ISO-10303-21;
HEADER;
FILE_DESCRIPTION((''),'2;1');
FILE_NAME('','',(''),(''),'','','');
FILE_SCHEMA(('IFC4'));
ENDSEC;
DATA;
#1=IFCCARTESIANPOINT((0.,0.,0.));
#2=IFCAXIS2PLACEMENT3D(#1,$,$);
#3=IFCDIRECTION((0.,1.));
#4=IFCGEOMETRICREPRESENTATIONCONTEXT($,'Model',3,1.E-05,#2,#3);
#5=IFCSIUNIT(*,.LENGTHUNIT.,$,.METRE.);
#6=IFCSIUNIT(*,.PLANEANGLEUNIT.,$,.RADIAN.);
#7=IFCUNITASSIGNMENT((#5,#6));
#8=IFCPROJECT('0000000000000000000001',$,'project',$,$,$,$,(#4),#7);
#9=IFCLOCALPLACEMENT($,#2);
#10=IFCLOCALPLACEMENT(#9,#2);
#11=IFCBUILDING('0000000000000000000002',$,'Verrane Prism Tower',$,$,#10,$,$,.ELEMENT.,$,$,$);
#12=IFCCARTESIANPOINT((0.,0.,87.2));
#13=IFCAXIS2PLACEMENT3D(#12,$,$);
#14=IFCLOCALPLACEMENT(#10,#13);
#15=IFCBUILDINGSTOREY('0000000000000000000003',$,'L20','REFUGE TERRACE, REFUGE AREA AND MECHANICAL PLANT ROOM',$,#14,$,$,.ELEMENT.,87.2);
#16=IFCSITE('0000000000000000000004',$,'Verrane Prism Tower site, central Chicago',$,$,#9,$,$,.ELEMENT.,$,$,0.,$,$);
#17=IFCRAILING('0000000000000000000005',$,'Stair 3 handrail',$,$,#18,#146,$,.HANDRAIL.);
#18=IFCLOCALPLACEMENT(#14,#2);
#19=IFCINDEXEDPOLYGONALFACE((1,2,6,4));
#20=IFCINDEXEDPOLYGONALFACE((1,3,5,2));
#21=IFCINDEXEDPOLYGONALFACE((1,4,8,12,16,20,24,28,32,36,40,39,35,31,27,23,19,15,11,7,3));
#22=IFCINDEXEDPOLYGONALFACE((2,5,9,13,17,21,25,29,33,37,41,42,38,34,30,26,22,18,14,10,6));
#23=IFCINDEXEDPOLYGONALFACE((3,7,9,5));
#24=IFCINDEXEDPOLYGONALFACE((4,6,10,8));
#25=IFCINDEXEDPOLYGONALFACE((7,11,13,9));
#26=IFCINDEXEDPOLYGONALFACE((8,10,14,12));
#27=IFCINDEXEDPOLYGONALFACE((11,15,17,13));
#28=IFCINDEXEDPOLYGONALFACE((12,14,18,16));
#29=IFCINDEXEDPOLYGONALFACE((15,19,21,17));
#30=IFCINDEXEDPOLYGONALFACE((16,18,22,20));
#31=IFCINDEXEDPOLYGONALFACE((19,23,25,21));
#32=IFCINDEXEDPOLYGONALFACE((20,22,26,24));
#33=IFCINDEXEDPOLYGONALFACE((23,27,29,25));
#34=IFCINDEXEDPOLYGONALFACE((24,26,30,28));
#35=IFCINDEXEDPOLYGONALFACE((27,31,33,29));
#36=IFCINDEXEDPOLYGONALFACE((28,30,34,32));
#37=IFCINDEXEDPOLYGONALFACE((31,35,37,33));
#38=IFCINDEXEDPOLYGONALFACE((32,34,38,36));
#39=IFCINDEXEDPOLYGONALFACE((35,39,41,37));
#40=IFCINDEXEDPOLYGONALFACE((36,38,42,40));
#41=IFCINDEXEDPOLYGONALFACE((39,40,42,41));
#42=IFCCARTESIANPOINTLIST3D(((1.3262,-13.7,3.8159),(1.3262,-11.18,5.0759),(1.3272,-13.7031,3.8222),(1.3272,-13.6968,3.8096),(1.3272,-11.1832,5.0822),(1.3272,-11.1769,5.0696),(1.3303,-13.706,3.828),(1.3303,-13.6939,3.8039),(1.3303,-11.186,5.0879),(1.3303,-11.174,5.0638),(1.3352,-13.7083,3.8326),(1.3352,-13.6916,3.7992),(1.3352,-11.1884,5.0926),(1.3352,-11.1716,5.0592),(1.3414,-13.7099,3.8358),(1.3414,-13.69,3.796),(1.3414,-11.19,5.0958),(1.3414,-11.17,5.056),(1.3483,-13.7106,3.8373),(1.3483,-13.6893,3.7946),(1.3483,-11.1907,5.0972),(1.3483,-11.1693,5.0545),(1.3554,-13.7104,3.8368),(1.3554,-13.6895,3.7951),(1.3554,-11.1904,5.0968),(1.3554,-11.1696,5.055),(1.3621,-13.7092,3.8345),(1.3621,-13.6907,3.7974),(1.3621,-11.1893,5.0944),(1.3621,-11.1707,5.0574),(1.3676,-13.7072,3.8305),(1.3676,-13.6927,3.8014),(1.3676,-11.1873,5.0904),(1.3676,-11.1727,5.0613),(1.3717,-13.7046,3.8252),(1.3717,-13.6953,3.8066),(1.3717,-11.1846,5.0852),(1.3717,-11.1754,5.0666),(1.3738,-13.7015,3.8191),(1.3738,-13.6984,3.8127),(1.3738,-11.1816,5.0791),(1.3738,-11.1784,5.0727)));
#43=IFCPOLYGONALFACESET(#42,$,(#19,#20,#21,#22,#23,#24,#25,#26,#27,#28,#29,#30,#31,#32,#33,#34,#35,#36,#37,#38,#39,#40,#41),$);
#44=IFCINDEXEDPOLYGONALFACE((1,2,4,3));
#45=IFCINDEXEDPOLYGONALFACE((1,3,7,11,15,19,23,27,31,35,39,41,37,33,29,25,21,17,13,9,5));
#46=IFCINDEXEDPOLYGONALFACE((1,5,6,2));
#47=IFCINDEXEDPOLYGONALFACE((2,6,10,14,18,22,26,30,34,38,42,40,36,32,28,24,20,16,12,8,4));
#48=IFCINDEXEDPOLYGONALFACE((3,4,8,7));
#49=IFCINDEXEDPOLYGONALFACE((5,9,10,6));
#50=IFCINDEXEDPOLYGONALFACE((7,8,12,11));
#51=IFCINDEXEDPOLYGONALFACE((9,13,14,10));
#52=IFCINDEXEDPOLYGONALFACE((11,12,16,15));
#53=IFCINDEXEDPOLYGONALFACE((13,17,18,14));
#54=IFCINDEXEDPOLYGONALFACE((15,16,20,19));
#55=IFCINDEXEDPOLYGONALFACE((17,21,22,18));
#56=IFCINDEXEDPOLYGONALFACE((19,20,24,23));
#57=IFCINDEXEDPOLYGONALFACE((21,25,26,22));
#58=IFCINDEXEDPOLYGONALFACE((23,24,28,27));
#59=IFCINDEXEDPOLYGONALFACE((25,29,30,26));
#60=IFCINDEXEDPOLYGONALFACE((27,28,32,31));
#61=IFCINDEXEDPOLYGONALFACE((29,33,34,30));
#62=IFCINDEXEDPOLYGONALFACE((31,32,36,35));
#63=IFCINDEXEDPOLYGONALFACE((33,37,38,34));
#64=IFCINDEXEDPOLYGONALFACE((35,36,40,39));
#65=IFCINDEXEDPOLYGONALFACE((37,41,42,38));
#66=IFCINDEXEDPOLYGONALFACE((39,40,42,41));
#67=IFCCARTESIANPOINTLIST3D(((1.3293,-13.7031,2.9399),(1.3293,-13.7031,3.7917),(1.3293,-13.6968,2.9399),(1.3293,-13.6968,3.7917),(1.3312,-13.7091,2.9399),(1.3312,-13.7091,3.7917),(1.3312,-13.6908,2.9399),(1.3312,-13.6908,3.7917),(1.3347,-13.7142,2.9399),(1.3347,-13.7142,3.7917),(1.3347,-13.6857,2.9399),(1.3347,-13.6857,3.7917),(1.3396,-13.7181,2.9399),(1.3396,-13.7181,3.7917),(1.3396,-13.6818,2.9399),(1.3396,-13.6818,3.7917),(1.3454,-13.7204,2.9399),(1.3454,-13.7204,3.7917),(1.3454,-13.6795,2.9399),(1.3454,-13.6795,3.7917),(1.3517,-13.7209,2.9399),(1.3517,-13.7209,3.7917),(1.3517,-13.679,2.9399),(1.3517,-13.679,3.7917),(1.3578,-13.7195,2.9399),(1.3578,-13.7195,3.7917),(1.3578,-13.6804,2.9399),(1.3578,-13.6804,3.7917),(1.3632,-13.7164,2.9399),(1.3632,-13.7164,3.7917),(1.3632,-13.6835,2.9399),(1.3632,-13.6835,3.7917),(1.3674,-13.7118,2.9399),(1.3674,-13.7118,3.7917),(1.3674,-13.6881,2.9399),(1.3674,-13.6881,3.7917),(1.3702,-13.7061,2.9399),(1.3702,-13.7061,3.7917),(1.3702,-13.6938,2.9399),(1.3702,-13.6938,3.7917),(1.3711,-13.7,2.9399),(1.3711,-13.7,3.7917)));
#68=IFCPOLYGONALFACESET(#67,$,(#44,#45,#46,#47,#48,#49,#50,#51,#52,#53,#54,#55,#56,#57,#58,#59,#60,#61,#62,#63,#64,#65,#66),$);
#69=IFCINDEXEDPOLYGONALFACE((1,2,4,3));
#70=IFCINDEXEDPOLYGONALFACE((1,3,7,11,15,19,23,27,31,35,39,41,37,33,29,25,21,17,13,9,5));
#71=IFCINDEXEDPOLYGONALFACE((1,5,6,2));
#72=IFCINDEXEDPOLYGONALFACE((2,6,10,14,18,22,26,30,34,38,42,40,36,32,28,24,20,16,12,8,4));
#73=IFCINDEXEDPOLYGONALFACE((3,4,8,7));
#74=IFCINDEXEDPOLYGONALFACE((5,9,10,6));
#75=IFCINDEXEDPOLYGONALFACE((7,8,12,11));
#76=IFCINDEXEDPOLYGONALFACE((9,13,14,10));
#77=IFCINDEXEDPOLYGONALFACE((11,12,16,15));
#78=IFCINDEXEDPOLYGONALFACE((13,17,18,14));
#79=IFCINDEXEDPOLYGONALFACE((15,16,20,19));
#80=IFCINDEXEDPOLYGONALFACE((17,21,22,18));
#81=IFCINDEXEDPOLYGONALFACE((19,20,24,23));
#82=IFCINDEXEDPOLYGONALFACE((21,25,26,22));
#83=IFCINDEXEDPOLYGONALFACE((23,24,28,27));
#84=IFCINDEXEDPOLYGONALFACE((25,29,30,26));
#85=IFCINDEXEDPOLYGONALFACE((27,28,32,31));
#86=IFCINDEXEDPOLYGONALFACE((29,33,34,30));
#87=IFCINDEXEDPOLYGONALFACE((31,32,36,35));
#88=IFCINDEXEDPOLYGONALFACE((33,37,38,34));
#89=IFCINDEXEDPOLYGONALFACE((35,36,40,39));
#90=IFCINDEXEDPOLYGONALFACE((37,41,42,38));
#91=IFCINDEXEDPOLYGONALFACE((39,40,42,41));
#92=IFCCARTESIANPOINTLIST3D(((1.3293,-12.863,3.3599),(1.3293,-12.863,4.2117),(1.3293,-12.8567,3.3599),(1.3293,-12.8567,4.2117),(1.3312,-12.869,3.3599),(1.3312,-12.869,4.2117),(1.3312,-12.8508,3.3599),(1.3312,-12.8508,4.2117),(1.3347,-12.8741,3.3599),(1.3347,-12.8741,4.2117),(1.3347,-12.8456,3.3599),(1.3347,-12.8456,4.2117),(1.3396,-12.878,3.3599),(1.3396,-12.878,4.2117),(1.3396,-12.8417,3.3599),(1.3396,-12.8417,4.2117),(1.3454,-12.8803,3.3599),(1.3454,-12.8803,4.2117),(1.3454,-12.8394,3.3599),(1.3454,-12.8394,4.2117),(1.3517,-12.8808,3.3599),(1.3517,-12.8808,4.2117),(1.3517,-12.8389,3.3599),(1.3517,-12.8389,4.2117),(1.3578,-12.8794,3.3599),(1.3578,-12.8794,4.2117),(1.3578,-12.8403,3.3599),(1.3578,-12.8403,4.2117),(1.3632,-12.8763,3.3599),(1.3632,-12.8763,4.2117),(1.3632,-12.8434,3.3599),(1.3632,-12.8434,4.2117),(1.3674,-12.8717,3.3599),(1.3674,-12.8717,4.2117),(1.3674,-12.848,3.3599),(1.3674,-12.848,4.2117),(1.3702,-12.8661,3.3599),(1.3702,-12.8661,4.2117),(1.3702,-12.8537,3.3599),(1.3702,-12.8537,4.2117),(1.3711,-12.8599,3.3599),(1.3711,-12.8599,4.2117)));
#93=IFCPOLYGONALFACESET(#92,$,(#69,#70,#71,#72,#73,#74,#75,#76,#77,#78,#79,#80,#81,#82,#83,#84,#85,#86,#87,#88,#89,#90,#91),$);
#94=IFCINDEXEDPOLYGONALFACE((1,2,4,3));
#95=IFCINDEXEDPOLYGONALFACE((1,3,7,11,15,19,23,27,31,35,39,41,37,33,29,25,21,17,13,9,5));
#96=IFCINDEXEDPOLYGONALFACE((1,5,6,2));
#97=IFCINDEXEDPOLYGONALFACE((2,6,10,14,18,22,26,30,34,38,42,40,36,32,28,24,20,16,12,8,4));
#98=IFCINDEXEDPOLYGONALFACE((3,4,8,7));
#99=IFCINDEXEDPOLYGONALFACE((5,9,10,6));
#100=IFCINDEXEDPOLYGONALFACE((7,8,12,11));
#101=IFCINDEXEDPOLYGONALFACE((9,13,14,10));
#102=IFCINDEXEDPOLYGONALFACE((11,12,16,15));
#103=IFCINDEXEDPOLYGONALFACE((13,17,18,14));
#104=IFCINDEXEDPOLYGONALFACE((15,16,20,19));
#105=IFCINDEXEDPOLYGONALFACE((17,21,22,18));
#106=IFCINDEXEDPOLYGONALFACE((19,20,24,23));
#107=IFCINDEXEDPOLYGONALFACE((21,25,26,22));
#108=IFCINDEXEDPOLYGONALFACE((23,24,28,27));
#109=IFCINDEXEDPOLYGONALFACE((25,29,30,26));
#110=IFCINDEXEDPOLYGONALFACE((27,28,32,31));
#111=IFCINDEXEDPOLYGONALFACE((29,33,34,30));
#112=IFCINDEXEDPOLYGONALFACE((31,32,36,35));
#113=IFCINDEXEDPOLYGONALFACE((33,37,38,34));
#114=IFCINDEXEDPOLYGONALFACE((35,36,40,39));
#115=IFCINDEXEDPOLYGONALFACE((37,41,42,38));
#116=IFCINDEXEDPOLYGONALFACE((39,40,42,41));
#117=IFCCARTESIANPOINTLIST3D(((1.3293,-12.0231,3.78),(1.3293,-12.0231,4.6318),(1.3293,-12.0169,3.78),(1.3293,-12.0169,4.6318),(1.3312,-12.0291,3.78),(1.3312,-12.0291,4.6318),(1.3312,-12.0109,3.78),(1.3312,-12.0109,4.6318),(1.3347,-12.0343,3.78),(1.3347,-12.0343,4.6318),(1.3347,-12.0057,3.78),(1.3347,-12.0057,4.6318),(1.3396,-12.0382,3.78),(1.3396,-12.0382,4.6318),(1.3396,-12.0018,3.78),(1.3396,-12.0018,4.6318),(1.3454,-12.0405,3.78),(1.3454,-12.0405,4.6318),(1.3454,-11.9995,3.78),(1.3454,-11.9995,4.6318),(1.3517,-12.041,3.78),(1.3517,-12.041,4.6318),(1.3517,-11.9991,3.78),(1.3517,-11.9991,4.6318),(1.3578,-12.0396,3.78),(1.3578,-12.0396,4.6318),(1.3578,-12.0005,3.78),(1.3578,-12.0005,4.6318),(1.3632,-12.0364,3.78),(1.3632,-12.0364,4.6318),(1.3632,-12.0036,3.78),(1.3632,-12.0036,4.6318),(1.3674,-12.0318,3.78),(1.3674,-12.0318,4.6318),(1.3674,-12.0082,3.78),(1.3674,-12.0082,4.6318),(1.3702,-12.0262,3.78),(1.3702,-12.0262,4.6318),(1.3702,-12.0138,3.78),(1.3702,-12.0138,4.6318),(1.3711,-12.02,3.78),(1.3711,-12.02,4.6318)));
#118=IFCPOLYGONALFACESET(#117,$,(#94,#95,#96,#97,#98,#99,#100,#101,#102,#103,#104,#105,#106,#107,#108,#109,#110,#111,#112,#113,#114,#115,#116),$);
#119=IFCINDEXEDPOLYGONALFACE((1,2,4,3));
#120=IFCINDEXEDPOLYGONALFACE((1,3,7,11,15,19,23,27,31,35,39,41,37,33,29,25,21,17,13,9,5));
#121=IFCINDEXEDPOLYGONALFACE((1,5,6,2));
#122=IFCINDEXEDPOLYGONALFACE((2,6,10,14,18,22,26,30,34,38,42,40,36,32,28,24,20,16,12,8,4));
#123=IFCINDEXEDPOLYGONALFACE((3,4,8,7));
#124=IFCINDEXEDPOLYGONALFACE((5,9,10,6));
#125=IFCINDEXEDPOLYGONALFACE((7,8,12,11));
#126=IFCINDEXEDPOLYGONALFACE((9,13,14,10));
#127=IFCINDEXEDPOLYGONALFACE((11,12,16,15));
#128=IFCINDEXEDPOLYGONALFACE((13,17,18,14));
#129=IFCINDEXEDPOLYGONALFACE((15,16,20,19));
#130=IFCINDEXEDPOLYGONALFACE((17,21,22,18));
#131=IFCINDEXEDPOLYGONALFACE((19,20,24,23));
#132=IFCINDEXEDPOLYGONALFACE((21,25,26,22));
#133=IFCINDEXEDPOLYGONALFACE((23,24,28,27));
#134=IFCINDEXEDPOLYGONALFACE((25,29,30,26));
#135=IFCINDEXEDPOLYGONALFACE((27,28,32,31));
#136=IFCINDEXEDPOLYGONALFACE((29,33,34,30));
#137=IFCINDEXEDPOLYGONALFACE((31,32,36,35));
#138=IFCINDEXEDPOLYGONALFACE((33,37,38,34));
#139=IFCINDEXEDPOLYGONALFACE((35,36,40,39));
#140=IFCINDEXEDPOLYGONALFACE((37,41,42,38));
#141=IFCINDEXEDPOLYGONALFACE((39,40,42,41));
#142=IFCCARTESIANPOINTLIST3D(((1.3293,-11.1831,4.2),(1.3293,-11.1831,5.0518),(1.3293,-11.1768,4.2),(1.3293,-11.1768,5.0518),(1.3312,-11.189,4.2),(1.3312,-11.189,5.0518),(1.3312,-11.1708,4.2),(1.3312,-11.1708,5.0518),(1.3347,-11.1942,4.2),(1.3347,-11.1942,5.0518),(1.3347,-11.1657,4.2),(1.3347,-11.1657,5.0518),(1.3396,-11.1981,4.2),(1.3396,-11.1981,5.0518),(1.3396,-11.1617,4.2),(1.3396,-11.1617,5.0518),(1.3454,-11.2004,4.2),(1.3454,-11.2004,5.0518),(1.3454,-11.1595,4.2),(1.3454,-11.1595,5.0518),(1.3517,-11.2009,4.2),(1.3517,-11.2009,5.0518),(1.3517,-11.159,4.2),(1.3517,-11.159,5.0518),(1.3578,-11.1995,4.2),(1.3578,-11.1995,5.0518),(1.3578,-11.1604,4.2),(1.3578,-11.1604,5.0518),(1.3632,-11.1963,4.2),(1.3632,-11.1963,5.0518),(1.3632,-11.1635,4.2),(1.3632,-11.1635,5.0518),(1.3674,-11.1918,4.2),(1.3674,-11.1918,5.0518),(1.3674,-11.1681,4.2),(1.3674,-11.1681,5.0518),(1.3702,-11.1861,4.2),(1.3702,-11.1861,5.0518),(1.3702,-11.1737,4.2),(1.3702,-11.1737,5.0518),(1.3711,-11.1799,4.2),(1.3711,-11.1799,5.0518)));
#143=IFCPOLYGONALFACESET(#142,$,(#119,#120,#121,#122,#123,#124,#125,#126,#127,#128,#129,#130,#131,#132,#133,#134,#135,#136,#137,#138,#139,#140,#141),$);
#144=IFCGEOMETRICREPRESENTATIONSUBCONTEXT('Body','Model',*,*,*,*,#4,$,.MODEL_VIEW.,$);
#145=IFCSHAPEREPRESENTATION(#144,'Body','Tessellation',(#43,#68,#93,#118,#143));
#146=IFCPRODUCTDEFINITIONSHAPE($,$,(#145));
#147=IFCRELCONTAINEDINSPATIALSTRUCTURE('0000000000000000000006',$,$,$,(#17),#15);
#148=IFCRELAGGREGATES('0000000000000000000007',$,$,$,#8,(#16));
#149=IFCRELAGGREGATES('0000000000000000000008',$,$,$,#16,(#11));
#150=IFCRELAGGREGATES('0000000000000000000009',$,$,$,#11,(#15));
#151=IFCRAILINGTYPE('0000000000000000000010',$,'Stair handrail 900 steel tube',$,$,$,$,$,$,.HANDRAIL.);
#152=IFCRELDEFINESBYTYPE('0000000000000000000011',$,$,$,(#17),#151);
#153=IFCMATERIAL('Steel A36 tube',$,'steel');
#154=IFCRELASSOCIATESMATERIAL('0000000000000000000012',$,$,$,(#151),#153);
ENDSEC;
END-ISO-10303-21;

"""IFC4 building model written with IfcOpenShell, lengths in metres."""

from ifc_helpers import new_model, si_unit, direction, frame, origin, origin_2d, place, context, subcontext, project, spatial, circle, extrude, material, type_object, element, save


model = new_model("IFC4")

# Units and contexts
model_context = context("Model", 3, precision=1e-05, world=origin(), true_north=direction((0.0, 1.0)))
body_context = subcontext(model_context, "Body", "Model", "MODEL_VIEW")
ifc_project = project(units=[si_unit("LENGTHUNIT", "METRE"), si_unit("PLANEANGLEUNIT", "RADIAN")], contexts=[model_context])

# Site, building, storey
site_placement = place(None, origin())
site = spatial("IfcSite", under=ifc_project, at=site_placement, Name="Verrane Prism Tower site, central Chicago", CompositionType="ELEMENT", RefElevation=0.0)
building_placement = place(site_placement, origin())
building = spatial("IfcBuilding", under=site, at=building_placement, Name="Verrane Prism Tower", CompositionType="ELEMENT")
storey_placement = place(building_placement, frame((0.0, 0.0, 87.2)))
storey = spatial("IfcBuildingStorey", under=building, at=storey_placement, Name="L20", Description="REFUGE TERRACE, REFUGE AREA AND MECHANICAL PLANT ROOM", CompositionType="ELEMENT", Elevation=87.2)

# Railing
ifc_material_1 = material(Name="Steel A36 tube", Category="steel")
railing_type_1 = type_object("IfcRailingType", Name="Stair handrail 900 steel tube", PredefinedType="HANDRAIL", material=ifc_material_1)
for number, where, name in (
    (1, (1.3501, -13.7, 2.9399), "Stair 3 handrail"),
):
    element("IfcRailing", number, at=place(storey_placement, frame(where)), inside=storey, type_object=railing_type_1, Name=name, PredefinedType="HANDRAIL", context=body_context, shape_type="SweptSolid", body=[
        extrude(circle(Radius=0.0239, at=origin_2d()), frame((0.0, 0.0, 0.876), z_axis=(0.0, 0.894427, 0.447214), x_axis=(-1.0, 0.0, 0.0)), (0.0, 0.0, 1.0), 2.8174),
        extrude(circle(Radius=0.021, at=origin_2d()), origin(), (0.0, 0.0, 1.0), 0.8518),
        extrude(circle(Radius=0.021, at=origin_2d()), frame((0.0, 0.8401, 0.4199)), (0.0, 0.0, 1.0), 0.8518),
        extrude(circle(Radius=0.021, at=origin_2d()), frame((0.0, 1.6799, 0.8401)), (0.0, 0.0, 1.0), 0.8518),
        extrude(circle(Radius=0.021, at=origin_2d()), frame((0.0, 2.52, 1.26)), (0.0, 0.0, 1.0), 0.8518),
    ])

save(model, "model.ifc")
